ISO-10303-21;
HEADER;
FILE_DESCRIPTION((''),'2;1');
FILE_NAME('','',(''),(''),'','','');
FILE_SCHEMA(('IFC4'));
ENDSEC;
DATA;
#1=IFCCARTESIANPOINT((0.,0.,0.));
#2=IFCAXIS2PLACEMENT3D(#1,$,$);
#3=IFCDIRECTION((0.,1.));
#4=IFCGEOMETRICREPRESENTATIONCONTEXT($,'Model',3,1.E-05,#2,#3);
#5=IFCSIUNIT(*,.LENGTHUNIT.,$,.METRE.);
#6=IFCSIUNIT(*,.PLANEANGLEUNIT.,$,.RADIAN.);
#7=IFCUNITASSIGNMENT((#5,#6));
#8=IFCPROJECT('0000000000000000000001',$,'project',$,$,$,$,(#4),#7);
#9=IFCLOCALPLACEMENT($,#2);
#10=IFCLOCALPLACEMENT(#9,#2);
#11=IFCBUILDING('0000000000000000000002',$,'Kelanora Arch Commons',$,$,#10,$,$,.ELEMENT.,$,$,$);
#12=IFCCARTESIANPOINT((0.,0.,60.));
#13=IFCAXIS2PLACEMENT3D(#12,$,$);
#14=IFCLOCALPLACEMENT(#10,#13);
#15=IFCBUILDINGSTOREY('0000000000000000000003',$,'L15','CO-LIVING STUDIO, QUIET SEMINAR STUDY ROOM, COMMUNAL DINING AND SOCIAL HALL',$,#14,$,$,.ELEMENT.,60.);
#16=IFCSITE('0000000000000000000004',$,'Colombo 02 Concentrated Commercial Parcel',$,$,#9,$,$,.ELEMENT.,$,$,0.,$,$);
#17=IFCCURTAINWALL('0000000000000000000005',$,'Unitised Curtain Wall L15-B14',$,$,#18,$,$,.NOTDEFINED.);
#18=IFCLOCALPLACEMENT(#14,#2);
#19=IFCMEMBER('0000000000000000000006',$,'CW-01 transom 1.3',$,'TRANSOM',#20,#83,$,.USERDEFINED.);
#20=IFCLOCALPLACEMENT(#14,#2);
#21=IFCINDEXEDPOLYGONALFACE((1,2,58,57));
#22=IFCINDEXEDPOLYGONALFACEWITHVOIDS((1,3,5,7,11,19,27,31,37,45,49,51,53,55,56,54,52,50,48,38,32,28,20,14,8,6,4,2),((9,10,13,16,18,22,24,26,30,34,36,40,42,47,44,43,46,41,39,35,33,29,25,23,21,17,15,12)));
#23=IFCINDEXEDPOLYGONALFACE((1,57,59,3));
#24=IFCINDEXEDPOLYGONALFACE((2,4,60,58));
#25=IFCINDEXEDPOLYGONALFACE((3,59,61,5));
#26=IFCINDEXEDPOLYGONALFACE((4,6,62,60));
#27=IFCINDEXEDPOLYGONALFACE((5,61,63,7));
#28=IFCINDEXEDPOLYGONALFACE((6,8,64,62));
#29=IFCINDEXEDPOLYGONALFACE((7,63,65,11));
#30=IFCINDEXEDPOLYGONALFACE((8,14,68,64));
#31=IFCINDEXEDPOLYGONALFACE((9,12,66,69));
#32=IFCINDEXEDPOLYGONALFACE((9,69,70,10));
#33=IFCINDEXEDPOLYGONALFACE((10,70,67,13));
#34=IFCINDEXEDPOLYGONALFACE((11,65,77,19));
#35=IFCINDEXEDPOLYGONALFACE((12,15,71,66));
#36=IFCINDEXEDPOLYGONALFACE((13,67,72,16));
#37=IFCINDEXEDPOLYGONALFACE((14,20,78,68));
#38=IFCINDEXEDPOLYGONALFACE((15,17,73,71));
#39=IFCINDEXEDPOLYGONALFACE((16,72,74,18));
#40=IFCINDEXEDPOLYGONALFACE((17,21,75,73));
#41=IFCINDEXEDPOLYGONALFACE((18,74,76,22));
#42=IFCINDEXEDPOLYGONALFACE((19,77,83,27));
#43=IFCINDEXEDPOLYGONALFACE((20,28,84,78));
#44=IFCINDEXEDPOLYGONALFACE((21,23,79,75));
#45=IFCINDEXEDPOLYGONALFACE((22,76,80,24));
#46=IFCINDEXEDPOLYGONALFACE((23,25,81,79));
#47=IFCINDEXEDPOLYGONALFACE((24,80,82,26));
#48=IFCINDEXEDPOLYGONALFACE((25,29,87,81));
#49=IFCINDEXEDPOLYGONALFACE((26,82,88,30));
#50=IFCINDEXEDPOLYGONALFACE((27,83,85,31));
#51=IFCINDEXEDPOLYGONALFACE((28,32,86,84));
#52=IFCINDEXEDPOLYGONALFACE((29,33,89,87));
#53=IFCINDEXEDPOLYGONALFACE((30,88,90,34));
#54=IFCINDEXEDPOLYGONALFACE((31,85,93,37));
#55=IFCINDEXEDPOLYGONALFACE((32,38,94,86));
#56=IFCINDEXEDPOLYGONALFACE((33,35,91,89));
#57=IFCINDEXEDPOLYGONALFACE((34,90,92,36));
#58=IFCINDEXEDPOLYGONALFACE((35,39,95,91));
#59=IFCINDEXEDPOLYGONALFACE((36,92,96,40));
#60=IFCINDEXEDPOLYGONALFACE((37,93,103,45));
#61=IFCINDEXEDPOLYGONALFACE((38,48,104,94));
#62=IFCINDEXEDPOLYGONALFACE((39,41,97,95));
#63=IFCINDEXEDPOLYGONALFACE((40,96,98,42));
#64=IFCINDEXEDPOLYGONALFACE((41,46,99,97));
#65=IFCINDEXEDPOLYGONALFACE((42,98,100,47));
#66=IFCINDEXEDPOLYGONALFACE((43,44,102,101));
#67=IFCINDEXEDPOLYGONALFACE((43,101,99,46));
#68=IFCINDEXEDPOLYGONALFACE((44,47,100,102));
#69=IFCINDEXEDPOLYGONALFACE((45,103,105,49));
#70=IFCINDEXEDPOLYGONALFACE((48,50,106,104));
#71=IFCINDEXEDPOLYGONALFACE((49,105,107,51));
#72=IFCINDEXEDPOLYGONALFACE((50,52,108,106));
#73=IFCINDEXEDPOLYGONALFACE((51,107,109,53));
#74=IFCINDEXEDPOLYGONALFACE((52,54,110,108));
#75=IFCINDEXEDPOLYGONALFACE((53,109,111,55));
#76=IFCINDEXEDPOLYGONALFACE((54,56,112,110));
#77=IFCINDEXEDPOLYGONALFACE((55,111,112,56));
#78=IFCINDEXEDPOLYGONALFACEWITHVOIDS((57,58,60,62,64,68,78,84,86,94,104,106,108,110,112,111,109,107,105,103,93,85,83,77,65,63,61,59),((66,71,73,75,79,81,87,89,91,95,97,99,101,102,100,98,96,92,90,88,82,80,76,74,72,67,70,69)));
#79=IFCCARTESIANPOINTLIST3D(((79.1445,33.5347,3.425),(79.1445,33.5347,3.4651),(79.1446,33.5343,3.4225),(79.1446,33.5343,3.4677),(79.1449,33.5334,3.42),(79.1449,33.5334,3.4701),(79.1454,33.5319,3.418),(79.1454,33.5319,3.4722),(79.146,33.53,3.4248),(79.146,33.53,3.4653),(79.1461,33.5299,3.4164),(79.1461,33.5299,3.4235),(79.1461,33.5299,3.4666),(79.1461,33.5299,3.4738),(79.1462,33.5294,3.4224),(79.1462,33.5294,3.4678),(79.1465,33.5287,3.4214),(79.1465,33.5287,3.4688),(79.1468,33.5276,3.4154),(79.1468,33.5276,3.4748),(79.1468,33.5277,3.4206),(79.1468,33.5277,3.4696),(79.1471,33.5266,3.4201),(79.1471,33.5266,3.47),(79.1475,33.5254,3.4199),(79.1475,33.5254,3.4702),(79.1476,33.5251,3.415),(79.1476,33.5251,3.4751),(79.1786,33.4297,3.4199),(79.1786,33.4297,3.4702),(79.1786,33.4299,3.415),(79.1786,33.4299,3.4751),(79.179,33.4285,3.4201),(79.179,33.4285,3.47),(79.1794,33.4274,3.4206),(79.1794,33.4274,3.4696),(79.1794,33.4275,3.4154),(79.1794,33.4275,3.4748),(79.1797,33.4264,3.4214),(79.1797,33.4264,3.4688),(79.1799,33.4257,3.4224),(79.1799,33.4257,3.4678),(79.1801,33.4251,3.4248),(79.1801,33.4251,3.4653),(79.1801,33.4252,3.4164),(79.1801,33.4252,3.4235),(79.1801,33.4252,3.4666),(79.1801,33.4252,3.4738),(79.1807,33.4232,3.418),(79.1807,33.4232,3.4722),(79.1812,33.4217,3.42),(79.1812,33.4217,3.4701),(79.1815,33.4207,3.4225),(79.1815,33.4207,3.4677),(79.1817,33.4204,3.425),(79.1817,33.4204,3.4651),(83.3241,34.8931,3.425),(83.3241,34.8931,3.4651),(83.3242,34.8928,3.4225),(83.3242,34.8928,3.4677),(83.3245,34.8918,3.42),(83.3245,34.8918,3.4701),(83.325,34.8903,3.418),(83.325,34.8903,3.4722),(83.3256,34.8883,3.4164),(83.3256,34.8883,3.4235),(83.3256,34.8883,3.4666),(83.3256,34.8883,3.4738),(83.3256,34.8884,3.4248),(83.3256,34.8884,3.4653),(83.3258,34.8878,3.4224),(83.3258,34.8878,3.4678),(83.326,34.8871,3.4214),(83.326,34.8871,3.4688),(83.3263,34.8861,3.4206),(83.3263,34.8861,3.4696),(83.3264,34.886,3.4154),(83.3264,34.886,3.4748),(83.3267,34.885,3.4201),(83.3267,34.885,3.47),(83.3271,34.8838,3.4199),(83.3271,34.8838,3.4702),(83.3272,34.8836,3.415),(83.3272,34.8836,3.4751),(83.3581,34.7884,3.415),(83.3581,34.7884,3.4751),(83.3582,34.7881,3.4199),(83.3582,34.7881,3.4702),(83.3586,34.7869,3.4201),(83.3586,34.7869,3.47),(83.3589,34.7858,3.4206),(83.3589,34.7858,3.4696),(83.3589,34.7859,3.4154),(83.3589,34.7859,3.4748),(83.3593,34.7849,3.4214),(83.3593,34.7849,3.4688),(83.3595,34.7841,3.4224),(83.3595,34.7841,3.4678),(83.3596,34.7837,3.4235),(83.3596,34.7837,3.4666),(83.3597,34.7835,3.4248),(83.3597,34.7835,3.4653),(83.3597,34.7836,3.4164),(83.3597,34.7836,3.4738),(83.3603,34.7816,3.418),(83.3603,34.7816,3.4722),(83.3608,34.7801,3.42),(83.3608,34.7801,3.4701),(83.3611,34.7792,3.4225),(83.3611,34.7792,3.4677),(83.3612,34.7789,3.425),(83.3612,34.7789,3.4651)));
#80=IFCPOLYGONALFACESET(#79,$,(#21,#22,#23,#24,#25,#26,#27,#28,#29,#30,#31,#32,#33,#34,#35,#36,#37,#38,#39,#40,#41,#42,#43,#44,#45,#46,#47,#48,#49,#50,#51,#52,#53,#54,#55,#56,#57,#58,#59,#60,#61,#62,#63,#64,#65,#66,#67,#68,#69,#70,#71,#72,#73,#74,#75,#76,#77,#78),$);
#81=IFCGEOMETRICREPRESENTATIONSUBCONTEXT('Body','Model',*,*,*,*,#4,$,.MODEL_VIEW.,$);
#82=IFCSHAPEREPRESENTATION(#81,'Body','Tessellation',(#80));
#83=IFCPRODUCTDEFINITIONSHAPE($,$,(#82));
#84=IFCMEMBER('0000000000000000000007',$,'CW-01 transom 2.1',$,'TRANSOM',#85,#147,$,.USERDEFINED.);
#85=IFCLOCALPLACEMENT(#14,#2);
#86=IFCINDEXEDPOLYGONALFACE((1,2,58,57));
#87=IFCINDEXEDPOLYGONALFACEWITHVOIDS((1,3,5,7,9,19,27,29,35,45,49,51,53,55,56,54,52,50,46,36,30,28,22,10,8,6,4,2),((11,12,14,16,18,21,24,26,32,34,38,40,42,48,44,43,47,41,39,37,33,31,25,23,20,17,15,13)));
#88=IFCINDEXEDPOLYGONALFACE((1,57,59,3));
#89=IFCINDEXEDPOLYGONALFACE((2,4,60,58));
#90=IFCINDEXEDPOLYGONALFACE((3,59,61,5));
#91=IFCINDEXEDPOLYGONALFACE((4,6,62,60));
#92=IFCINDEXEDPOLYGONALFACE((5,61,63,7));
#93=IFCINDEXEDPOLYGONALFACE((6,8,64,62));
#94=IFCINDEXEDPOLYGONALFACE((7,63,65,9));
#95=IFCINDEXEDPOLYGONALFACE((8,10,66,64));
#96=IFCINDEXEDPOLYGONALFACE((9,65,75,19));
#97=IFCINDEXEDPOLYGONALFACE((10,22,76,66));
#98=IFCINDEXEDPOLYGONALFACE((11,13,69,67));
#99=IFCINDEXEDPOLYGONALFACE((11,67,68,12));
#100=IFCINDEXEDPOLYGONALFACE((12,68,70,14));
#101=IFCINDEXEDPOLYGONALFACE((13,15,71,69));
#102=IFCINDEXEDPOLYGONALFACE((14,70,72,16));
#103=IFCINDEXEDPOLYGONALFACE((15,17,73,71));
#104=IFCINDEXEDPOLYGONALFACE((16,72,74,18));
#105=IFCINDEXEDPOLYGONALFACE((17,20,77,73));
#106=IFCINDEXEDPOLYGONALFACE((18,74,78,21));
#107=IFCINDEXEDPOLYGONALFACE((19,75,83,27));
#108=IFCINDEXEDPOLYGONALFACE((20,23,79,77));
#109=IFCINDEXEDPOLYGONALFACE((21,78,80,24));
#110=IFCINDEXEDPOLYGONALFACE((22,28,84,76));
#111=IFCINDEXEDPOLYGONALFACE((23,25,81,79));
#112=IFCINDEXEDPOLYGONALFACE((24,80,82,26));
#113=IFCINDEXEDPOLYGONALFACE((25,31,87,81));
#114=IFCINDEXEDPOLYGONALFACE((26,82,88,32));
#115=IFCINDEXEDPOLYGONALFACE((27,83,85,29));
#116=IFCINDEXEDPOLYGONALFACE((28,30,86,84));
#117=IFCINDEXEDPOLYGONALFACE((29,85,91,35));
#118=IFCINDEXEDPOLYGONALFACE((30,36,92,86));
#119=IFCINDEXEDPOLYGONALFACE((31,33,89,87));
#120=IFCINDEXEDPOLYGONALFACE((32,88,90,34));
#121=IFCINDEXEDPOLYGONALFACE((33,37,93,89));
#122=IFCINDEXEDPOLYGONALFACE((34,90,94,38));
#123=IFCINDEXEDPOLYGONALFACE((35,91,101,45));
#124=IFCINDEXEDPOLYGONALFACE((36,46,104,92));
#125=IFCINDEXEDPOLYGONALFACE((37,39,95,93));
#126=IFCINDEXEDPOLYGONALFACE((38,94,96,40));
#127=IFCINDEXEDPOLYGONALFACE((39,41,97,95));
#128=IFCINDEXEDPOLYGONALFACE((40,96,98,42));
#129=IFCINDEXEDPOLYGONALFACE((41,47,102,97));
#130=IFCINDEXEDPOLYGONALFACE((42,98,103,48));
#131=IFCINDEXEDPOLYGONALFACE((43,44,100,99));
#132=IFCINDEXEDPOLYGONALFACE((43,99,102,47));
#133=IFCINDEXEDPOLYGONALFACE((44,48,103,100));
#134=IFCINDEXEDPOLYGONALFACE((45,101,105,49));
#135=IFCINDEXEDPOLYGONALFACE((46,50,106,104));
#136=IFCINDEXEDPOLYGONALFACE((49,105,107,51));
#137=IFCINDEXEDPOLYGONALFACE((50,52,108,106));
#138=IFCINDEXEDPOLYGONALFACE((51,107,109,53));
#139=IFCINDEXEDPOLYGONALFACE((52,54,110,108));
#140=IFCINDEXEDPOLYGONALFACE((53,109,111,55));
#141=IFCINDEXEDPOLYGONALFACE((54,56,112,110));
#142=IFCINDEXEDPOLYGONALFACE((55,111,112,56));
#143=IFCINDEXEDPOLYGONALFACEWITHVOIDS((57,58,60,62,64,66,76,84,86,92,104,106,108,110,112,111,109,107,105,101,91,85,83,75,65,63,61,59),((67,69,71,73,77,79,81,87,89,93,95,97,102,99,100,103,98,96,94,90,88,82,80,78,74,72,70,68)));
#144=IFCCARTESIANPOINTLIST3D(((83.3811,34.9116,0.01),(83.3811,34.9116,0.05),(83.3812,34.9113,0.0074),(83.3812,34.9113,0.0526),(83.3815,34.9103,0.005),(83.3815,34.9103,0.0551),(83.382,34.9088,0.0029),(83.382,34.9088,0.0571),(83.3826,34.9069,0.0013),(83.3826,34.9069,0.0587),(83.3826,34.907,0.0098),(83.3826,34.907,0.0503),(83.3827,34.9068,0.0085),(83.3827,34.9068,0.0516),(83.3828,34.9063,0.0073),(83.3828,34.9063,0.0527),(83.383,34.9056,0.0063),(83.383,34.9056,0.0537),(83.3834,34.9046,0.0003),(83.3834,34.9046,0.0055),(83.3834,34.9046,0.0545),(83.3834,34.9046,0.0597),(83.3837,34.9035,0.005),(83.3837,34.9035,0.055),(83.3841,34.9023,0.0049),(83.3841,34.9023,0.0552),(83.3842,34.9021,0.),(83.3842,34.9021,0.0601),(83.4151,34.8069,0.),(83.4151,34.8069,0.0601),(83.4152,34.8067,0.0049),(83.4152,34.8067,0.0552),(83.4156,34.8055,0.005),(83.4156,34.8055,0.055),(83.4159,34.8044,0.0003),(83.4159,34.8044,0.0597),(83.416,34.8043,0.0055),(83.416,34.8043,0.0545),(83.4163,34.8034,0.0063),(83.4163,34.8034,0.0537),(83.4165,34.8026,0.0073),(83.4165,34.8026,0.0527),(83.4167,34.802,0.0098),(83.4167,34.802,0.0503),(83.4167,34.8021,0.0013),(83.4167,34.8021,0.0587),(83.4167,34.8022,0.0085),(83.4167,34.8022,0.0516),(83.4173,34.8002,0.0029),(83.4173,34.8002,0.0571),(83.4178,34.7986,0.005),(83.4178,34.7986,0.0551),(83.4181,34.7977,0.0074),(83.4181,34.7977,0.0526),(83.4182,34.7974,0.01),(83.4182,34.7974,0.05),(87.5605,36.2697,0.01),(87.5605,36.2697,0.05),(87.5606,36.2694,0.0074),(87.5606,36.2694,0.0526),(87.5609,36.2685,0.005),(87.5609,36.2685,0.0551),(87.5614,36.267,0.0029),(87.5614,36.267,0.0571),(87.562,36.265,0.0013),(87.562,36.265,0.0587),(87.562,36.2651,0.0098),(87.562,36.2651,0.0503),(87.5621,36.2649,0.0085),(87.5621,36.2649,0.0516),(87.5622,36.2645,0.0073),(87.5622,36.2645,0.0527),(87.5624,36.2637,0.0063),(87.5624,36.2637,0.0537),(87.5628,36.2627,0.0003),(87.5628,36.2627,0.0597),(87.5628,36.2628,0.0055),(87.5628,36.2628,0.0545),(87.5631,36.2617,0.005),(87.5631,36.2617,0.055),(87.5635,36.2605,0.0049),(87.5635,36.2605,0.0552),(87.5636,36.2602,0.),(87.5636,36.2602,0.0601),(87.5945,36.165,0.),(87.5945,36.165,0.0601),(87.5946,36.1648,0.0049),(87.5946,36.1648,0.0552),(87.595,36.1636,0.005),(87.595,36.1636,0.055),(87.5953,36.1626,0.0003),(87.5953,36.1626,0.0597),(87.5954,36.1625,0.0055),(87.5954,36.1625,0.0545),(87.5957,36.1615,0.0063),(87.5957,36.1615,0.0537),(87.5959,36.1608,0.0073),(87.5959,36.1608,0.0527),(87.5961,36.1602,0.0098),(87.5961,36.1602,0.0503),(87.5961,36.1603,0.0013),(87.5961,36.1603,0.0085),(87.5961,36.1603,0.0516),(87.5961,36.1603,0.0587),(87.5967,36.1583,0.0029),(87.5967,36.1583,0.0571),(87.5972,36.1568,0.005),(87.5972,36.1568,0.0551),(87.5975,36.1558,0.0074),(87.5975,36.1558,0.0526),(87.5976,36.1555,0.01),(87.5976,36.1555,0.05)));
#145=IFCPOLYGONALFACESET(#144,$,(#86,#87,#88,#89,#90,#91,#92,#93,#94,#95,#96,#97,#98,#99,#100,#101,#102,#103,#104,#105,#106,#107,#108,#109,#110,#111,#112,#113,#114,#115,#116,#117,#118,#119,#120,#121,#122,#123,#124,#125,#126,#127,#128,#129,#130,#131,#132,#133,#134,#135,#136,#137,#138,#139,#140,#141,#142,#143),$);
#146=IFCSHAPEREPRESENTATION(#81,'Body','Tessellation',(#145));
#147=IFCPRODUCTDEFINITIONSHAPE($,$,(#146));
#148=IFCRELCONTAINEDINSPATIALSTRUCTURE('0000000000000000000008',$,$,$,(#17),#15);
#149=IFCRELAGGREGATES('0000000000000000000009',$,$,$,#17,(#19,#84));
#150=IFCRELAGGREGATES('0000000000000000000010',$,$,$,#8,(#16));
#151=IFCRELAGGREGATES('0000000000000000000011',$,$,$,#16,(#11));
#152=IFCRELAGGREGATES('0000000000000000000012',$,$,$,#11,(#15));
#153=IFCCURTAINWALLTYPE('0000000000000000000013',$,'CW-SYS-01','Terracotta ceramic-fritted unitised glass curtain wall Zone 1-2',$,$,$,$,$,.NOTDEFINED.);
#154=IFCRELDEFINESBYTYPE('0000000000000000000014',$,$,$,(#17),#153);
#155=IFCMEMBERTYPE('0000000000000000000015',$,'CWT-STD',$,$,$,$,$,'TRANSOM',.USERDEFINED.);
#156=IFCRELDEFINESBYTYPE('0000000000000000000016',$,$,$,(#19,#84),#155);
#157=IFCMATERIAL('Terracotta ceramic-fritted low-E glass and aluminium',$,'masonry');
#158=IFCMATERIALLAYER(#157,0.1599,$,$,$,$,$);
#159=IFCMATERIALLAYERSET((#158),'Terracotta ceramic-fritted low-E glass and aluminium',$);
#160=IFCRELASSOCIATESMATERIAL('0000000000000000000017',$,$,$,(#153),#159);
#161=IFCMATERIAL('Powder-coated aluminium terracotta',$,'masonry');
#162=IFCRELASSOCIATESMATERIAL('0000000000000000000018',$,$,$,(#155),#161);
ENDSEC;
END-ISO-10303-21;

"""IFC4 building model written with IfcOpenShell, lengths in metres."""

from ifc_helpers import new_model, si_unit, direction, frame, origin, origin_2d, place, context, subcontext, project, spatial, hollow_rectangle, extrude, material, layer, layer_set, material_profile, profile_set, type_object, element, aggregate, save


model = new_model("IFC4")

# Units and contexts
model_context = context("Model", 3, precision=1e-05, world=origin(), true_north=direction((0.0, 1.0)))
body_context = subcontext(model_context, "Body", "Model", "MODEL_VIEW")
ifc_project = project(units=[si_unit("LENGTHUNIT", "METRE"), si_unit("PLANEANGLEUNIT", "RADIAN")], contexts=[model_context])

# Site, building, storey
site_placement = place(None, origin())
site = spatial("IfcSite", under=ifc_project, at=site_placement, Name="Colombo 02 Concentrated Commercial Parcel", CompositionType="ELEMENT", RefElevation=0.0)
building_placement = place(site_placement, origin())
building = spatial("IfcBuilding", under=site, at=building_placement, Name="Kelanora Arch Commons", CompositionType="ELEMENT")
storey_placement = place(building_placement, frame((0.0, 0.0, 60.0)))
storey = spatial("IfcBuildingStorey", under=building, at=storey_placement, Name="L15", Description="CO-LIVING STUDIO, QUIET SEMINAR STUDY ROOM, COMMUNAL DINING AND SOCIAL HALL", CompositionType="ELEMENT", Elevation=60.0)

# Curtain wall, members
ifc_material_1 = material(Name="Terracotta ceramic-fritted low-E glass and aluminium", Category="masonry")
ifc_layer_1 = layer(ifc_material_1, 0.1599)
ifc_layer_set_1 = layer_set([ifc_layer_1], Name="Terracotta ceramic-fritted low-E glass and aluminium")
curtain_wall_type = type_object("IfcCurtainWallType", Name="CW-SYS-01", Description="Terracotta ceramic-fritted unitised glass curtain wall Zone 1-2", PredefinedType="NOTDEFINED", material=ifc_layer_set_1)
curtain_wall_placement = place(storey_placement, origin())
curtain_wall = element("IfcCurtainWall", 1, at=curtain_wall_placement, inside=storey, type_object=curtain_wall_type, Name="Unitised Curtain Wall L15-B14", PredefinedType="NOTDEFINED")
ifc_material_2 = material(Name="Powder-coated aluminium terracotta", Category="masonry")
ifc_material_profile_1 = material_profile(ifc_material_2, hollow_rectangle(XDim=0.1201, YDim=0.0601, WallThickness=0.0049, InnerFilletRadius=0.0049, OuterFilletRadius=0.01, at=origin_2d()), Name="CWT120x60")
ifc_profile_set_1 = profile_set([ifc_material_profile_1], Name="Powder-coated aluminium terracotta")
member_type_1 = type_object("IfcMemberType", Name="CWT-STD", ElementType="TRANSOM", PredefinedType="USERDEFINED", material=ifc_profile_set_1)
member_1_placement = place(storey_placement, frame((79.1631, 33.4775, 3.4451), z_axis=(0.951029, 0.309102, 0.0), x_axis=(-0.309102, 0.951029, 0.0)))
member_1 = element("IfcMember", 2, at=member_1_placement, type_object=member_type_1, Name="CW-01 transom 1.3", ObjectType="TRANSOM", PredefinedType="USERDEFINED", context=body_context, shape_type="SweptSolid", body=[
    extrude(hollow_rectangle(XDim=0.1201, YDim=0.0601, WallThickness=0.0049, InnerFilletRadius=0.0049, OuterFilletRadius=0.01, at=origin_2d()), origin(), (0.0, 0.0, 1.0), 4.3948),
])
member_2_placement = place(storey_placement, frame((83.3997, 34.8545, 0.03), z_axis=(0.951045, 0.309052, 0.0), x_axis=(-0.309052, 0.951045, 0.0)))
member_2 = element("IfcMember", 3, at=member_2_placement, type_object=member_type_1, Name="CW-01 transom 2.1", ObjectType="TRANSOM", PredefinedType="USERDEFINED", context=body_context, shape_type="SweptSolid", body=[
    extrude(hollow_rectangle(XDim=0.1201, YDim=0.0601, WallThickness=0.0049, InnerFilletRadius=0.0049, OuterFilletRadius=0.01, at=origin_2d()), origin(), (0.0, 0.0, 1.0), 4.3945),
])
aggregate(curtain_wall, [member_1, member_2])

save(model, "model.ifc")
